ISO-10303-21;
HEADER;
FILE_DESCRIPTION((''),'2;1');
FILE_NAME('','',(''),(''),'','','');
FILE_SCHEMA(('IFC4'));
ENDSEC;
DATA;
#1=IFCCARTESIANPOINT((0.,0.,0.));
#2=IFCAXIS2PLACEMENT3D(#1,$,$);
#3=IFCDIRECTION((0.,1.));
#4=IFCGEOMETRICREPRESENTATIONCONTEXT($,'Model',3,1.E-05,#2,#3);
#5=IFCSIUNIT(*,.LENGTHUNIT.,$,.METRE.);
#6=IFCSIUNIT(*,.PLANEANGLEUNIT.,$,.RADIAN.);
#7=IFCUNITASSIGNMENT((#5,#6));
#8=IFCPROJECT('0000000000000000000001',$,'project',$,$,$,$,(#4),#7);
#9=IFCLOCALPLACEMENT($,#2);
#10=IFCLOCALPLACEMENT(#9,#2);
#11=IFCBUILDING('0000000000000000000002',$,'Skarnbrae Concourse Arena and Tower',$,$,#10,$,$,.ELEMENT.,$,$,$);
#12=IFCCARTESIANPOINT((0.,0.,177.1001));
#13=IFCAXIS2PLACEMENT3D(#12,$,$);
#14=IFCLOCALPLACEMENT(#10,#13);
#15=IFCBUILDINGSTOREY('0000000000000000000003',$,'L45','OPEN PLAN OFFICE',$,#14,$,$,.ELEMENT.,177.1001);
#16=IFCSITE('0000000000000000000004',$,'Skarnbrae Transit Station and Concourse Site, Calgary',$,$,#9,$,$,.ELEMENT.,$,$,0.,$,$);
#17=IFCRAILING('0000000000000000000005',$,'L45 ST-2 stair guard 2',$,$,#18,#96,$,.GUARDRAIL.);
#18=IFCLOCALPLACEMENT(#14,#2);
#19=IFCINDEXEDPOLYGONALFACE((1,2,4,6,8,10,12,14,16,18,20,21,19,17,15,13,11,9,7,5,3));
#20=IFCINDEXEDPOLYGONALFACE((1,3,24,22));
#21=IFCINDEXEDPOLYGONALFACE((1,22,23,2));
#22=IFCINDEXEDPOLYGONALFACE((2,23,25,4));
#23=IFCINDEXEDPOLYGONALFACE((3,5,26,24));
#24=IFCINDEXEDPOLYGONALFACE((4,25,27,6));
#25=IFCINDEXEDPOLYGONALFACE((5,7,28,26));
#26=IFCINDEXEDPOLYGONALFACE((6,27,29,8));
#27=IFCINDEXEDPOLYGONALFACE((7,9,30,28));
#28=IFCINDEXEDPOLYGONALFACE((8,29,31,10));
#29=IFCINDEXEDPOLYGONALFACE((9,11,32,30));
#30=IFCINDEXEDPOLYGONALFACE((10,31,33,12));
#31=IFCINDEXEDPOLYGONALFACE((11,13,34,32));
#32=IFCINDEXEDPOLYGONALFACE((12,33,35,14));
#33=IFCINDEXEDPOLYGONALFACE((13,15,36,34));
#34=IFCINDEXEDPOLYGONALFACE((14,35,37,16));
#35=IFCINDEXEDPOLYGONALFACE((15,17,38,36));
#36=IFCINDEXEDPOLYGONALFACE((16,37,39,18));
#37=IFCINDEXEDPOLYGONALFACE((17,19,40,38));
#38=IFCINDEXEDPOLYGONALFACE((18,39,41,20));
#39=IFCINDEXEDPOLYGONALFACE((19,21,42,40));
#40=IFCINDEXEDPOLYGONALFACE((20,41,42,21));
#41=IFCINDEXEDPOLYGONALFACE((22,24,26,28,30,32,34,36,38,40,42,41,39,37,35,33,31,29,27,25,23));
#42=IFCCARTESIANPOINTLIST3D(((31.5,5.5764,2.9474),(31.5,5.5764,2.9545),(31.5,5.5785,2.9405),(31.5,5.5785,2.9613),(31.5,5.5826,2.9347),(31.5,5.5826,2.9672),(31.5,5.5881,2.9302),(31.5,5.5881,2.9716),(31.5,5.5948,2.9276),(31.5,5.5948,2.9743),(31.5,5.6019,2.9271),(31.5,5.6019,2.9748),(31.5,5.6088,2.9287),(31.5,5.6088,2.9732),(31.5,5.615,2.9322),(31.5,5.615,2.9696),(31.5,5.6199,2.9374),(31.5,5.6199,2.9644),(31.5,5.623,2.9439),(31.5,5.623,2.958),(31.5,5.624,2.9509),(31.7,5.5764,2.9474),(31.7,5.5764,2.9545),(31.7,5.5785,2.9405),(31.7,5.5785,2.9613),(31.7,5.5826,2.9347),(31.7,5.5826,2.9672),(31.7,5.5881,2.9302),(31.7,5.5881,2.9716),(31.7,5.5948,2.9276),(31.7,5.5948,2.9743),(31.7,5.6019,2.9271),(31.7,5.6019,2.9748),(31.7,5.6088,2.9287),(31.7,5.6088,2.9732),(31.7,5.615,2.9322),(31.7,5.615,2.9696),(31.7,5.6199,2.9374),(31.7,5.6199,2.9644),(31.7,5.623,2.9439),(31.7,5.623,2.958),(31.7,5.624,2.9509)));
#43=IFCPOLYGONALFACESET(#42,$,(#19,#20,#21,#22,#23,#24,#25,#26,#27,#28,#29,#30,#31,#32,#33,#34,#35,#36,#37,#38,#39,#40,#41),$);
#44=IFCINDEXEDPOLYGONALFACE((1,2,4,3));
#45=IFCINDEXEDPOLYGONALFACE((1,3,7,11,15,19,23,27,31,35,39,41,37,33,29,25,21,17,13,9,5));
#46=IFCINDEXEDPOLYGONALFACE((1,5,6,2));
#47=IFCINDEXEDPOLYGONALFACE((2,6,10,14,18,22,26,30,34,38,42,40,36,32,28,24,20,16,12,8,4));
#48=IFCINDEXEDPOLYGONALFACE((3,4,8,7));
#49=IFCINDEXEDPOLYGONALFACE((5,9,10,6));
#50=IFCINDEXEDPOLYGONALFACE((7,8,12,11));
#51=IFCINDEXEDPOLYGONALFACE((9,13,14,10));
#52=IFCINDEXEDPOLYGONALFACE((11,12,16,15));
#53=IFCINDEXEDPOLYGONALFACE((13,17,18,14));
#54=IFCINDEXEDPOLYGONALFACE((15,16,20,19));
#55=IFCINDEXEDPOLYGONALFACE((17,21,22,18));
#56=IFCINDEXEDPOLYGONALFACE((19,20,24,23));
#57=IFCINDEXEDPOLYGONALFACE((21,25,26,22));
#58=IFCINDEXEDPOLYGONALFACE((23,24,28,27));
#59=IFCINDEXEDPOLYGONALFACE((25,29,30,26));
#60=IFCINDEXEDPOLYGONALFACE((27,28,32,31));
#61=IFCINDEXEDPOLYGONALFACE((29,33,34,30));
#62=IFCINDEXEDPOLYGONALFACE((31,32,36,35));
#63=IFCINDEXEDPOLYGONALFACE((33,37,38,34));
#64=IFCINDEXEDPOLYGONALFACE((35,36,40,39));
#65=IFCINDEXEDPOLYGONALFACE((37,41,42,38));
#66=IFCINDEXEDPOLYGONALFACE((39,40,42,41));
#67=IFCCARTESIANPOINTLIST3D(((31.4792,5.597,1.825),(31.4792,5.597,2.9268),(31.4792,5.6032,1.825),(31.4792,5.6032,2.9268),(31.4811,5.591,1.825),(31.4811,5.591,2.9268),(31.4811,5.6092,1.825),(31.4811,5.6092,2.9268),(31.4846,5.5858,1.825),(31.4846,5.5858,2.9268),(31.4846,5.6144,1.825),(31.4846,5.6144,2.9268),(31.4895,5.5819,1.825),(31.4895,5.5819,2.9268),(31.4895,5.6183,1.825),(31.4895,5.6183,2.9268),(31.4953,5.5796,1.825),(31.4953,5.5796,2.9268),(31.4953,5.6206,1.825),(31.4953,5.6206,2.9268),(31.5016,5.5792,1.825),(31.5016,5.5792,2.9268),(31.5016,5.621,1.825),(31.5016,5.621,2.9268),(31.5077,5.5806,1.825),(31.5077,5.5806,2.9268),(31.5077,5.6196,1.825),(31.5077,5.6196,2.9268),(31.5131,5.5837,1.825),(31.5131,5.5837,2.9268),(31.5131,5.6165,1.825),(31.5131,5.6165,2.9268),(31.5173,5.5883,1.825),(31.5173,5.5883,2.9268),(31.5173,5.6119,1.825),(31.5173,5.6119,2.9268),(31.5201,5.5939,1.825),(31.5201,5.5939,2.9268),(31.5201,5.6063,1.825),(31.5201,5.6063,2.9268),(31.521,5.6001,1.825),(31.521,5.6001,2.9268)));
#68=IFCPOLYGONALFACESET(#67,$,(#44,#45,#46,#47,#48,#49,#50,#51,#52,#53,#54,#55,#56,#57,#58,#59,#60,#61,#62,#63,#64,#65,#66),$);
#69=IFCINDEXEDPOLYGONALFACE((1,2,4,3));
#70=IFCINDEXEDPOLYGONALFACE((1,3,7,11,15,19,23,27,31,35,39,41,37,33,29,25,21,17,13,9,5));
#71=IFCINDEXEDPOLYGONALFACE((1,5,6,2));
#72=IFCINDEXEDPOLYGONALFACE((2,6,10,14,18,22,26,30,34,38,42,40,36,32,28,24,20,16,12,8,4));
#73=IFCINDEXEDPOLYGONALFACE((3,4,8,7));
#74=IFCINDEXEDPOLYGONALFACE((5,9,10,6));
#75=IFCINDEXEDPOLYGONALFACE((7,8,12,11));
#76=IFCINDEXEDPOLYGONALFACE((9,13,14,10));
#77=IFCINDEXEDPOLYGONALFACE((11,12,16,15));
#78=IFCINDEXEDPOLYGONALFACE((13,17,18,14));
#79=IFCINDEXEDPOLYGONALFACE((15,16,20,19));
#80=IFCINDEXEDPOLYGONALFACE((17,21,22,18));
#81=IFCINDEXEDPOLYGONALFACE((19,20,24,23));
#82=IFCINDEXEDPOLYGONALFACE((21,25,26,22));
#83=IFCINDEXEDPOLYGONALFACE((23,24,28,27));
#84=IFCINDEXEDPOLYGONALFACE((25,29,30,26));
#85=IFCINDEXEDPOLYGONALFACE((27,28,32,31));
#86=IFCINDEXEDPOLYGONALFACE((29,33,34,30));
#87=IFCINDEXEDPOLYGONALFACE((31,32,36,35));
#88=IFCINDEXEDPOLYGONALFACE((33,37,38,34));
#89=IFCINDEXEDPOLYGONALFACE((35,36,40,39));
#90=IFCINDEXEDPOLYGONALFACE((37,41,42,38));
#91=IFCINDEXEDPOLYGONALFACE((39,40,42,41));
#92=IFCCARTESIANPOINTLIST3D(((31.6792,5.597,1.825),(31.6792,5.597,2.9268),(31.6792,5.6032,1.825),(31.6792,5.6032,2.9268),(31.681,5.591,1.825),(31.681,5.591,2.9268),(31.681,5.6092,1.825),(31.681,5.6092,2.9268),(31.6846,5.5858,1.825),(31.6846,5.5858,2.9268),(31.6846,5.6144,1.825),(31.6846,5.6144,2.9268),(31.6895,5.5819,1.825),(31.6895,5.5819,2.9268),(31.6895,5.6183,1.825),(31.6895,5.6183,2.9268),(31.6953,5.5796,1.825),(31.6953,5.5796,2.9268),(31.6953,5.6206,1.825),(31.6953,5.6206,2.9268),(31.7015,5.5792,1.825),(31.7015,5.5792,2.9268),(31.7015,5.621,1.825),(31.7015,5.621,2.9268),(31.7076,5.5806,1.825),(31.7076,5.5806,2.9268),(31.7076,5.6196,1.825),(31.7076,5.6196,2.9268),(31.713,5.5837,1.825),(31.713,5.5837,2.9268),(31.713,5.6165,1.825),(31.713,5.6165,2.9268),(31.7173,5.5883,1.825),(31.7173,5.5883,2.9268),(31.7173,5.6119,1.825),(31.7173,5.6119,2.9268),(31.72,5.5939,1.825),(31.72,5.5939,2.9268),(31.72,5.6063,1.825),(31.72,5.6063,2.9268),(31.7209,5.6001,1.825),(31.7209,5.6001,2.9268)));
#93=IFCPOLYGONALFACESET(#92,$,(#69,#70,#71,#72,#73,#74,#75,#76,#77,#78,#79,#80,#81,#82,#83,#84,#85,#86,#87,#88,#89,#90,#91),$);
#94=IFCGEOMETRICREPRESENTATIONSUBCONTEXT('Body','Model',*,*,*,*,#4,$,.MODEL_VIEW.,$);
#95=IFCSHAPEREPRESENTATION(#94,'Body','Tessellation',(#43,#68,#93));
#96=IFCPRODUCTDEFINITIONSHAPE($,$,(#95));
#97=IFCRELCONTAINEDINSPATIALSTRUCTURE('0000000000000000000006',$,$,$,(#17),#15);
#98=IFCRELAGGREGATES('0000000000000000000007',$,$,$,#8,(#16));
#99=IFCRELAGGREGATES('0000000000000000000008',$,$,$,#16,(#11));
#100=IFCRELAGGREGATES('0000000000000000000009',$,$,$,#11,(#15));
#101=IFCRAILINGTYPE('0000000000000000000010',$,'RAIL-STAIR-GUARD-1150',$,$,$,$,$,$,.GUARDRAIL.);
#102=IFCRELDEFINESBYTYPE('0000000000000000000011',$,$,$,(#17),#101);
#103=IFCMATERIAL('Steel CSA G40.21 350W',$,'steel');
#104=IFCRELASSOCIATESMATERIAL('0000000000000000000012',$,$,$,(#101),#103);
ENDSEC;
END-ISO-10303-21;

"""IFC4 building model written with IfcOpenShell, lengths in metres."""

from ifc_helpers import new_model, si_unit, direction, frame, origin, origin_2d, place, context, subcontext, project, spatial, circle, extrude, material, type_object, element, save


model = new_model("IFC4")

# Units and contexts
model_context = context("Model", 3, precision=1e-05, world=origin(), true_north=direction((0.0, 1.0)))
body_context = subcontext(model_context, "Body", "Model", "MODEL_VIEW")
ifc_project = project(units=[si_unit("LENGTHUNIT", "METRE"), si_unit("PLANEANGLEUNIT", "RADIAN")], contexts=[model_context])

# Site, building, storey
site_placement = place(None, origin())
site = spatial("IfcSite", under=ifc_project, at=site_placement, Name="Skarnbrae Transit Station and Concourse Site, Calgary", CompositionType="ELEMENT", RefElevation=0.0)
building_placement = place(site_placement, origin())
building = spatial("IfcBuilding", under=site, at=building_placement, Name="Skarnbrae Concourse Arena and Tower", CompositionType="ELEMENT")
storey_placement = place(building_placement, frame((0.0, 0.0, 177.1001)))
storey = spatial("IfcBuildingStorey", under=building, at=storey_placement, Name="L45", Description="OPEN PLAN OFFICE", CompositionType="ELEMENT", Elevation=177.1001)

# Shared definitions
ifc_material_1 = material(Name="Steel CSA G40.21 350W", Category="steel")

# Railing
railing_type_1 = type_object("IfcRailingType", Name="RAIL-STAIR-GUARD-1150", PredefinedType="GUARDRAIL", material=ifc_material_1)
railing_1_placement = place(storey_placement, frame((31.5, 5.6001, 1.825)))
element("IfcRailing", 1, at=railing_1_placement, inside=storey, type_object=railing_type_1, Name="L45 ST-2 stair guard 2", PredefinedType="GUARDRAIL", context=body_context, shape_type="SweptSolid", body=[
    extrude(circle(Radius=0.0239, at=origin_2d()), frame((0.0, 0.0, 1.126), z_axis=(1.0, 0.0, 0.0), x_axis=(0.0, 1.0, 0.0)), (0.0, 0.0, 1.0), 0.2),
    extrude(circle(Radius=0.021, at=origin_2d()), origin(), (0.0, 0.0, 1.0), 1.1018),
    extrude(circle(Radius=0.021, at=origin_2d()), frame((0.2, 0.0, 0.0)), (0.0, 0.0, 1.0), 1.1018),
])

save(model, "model.ifc")
